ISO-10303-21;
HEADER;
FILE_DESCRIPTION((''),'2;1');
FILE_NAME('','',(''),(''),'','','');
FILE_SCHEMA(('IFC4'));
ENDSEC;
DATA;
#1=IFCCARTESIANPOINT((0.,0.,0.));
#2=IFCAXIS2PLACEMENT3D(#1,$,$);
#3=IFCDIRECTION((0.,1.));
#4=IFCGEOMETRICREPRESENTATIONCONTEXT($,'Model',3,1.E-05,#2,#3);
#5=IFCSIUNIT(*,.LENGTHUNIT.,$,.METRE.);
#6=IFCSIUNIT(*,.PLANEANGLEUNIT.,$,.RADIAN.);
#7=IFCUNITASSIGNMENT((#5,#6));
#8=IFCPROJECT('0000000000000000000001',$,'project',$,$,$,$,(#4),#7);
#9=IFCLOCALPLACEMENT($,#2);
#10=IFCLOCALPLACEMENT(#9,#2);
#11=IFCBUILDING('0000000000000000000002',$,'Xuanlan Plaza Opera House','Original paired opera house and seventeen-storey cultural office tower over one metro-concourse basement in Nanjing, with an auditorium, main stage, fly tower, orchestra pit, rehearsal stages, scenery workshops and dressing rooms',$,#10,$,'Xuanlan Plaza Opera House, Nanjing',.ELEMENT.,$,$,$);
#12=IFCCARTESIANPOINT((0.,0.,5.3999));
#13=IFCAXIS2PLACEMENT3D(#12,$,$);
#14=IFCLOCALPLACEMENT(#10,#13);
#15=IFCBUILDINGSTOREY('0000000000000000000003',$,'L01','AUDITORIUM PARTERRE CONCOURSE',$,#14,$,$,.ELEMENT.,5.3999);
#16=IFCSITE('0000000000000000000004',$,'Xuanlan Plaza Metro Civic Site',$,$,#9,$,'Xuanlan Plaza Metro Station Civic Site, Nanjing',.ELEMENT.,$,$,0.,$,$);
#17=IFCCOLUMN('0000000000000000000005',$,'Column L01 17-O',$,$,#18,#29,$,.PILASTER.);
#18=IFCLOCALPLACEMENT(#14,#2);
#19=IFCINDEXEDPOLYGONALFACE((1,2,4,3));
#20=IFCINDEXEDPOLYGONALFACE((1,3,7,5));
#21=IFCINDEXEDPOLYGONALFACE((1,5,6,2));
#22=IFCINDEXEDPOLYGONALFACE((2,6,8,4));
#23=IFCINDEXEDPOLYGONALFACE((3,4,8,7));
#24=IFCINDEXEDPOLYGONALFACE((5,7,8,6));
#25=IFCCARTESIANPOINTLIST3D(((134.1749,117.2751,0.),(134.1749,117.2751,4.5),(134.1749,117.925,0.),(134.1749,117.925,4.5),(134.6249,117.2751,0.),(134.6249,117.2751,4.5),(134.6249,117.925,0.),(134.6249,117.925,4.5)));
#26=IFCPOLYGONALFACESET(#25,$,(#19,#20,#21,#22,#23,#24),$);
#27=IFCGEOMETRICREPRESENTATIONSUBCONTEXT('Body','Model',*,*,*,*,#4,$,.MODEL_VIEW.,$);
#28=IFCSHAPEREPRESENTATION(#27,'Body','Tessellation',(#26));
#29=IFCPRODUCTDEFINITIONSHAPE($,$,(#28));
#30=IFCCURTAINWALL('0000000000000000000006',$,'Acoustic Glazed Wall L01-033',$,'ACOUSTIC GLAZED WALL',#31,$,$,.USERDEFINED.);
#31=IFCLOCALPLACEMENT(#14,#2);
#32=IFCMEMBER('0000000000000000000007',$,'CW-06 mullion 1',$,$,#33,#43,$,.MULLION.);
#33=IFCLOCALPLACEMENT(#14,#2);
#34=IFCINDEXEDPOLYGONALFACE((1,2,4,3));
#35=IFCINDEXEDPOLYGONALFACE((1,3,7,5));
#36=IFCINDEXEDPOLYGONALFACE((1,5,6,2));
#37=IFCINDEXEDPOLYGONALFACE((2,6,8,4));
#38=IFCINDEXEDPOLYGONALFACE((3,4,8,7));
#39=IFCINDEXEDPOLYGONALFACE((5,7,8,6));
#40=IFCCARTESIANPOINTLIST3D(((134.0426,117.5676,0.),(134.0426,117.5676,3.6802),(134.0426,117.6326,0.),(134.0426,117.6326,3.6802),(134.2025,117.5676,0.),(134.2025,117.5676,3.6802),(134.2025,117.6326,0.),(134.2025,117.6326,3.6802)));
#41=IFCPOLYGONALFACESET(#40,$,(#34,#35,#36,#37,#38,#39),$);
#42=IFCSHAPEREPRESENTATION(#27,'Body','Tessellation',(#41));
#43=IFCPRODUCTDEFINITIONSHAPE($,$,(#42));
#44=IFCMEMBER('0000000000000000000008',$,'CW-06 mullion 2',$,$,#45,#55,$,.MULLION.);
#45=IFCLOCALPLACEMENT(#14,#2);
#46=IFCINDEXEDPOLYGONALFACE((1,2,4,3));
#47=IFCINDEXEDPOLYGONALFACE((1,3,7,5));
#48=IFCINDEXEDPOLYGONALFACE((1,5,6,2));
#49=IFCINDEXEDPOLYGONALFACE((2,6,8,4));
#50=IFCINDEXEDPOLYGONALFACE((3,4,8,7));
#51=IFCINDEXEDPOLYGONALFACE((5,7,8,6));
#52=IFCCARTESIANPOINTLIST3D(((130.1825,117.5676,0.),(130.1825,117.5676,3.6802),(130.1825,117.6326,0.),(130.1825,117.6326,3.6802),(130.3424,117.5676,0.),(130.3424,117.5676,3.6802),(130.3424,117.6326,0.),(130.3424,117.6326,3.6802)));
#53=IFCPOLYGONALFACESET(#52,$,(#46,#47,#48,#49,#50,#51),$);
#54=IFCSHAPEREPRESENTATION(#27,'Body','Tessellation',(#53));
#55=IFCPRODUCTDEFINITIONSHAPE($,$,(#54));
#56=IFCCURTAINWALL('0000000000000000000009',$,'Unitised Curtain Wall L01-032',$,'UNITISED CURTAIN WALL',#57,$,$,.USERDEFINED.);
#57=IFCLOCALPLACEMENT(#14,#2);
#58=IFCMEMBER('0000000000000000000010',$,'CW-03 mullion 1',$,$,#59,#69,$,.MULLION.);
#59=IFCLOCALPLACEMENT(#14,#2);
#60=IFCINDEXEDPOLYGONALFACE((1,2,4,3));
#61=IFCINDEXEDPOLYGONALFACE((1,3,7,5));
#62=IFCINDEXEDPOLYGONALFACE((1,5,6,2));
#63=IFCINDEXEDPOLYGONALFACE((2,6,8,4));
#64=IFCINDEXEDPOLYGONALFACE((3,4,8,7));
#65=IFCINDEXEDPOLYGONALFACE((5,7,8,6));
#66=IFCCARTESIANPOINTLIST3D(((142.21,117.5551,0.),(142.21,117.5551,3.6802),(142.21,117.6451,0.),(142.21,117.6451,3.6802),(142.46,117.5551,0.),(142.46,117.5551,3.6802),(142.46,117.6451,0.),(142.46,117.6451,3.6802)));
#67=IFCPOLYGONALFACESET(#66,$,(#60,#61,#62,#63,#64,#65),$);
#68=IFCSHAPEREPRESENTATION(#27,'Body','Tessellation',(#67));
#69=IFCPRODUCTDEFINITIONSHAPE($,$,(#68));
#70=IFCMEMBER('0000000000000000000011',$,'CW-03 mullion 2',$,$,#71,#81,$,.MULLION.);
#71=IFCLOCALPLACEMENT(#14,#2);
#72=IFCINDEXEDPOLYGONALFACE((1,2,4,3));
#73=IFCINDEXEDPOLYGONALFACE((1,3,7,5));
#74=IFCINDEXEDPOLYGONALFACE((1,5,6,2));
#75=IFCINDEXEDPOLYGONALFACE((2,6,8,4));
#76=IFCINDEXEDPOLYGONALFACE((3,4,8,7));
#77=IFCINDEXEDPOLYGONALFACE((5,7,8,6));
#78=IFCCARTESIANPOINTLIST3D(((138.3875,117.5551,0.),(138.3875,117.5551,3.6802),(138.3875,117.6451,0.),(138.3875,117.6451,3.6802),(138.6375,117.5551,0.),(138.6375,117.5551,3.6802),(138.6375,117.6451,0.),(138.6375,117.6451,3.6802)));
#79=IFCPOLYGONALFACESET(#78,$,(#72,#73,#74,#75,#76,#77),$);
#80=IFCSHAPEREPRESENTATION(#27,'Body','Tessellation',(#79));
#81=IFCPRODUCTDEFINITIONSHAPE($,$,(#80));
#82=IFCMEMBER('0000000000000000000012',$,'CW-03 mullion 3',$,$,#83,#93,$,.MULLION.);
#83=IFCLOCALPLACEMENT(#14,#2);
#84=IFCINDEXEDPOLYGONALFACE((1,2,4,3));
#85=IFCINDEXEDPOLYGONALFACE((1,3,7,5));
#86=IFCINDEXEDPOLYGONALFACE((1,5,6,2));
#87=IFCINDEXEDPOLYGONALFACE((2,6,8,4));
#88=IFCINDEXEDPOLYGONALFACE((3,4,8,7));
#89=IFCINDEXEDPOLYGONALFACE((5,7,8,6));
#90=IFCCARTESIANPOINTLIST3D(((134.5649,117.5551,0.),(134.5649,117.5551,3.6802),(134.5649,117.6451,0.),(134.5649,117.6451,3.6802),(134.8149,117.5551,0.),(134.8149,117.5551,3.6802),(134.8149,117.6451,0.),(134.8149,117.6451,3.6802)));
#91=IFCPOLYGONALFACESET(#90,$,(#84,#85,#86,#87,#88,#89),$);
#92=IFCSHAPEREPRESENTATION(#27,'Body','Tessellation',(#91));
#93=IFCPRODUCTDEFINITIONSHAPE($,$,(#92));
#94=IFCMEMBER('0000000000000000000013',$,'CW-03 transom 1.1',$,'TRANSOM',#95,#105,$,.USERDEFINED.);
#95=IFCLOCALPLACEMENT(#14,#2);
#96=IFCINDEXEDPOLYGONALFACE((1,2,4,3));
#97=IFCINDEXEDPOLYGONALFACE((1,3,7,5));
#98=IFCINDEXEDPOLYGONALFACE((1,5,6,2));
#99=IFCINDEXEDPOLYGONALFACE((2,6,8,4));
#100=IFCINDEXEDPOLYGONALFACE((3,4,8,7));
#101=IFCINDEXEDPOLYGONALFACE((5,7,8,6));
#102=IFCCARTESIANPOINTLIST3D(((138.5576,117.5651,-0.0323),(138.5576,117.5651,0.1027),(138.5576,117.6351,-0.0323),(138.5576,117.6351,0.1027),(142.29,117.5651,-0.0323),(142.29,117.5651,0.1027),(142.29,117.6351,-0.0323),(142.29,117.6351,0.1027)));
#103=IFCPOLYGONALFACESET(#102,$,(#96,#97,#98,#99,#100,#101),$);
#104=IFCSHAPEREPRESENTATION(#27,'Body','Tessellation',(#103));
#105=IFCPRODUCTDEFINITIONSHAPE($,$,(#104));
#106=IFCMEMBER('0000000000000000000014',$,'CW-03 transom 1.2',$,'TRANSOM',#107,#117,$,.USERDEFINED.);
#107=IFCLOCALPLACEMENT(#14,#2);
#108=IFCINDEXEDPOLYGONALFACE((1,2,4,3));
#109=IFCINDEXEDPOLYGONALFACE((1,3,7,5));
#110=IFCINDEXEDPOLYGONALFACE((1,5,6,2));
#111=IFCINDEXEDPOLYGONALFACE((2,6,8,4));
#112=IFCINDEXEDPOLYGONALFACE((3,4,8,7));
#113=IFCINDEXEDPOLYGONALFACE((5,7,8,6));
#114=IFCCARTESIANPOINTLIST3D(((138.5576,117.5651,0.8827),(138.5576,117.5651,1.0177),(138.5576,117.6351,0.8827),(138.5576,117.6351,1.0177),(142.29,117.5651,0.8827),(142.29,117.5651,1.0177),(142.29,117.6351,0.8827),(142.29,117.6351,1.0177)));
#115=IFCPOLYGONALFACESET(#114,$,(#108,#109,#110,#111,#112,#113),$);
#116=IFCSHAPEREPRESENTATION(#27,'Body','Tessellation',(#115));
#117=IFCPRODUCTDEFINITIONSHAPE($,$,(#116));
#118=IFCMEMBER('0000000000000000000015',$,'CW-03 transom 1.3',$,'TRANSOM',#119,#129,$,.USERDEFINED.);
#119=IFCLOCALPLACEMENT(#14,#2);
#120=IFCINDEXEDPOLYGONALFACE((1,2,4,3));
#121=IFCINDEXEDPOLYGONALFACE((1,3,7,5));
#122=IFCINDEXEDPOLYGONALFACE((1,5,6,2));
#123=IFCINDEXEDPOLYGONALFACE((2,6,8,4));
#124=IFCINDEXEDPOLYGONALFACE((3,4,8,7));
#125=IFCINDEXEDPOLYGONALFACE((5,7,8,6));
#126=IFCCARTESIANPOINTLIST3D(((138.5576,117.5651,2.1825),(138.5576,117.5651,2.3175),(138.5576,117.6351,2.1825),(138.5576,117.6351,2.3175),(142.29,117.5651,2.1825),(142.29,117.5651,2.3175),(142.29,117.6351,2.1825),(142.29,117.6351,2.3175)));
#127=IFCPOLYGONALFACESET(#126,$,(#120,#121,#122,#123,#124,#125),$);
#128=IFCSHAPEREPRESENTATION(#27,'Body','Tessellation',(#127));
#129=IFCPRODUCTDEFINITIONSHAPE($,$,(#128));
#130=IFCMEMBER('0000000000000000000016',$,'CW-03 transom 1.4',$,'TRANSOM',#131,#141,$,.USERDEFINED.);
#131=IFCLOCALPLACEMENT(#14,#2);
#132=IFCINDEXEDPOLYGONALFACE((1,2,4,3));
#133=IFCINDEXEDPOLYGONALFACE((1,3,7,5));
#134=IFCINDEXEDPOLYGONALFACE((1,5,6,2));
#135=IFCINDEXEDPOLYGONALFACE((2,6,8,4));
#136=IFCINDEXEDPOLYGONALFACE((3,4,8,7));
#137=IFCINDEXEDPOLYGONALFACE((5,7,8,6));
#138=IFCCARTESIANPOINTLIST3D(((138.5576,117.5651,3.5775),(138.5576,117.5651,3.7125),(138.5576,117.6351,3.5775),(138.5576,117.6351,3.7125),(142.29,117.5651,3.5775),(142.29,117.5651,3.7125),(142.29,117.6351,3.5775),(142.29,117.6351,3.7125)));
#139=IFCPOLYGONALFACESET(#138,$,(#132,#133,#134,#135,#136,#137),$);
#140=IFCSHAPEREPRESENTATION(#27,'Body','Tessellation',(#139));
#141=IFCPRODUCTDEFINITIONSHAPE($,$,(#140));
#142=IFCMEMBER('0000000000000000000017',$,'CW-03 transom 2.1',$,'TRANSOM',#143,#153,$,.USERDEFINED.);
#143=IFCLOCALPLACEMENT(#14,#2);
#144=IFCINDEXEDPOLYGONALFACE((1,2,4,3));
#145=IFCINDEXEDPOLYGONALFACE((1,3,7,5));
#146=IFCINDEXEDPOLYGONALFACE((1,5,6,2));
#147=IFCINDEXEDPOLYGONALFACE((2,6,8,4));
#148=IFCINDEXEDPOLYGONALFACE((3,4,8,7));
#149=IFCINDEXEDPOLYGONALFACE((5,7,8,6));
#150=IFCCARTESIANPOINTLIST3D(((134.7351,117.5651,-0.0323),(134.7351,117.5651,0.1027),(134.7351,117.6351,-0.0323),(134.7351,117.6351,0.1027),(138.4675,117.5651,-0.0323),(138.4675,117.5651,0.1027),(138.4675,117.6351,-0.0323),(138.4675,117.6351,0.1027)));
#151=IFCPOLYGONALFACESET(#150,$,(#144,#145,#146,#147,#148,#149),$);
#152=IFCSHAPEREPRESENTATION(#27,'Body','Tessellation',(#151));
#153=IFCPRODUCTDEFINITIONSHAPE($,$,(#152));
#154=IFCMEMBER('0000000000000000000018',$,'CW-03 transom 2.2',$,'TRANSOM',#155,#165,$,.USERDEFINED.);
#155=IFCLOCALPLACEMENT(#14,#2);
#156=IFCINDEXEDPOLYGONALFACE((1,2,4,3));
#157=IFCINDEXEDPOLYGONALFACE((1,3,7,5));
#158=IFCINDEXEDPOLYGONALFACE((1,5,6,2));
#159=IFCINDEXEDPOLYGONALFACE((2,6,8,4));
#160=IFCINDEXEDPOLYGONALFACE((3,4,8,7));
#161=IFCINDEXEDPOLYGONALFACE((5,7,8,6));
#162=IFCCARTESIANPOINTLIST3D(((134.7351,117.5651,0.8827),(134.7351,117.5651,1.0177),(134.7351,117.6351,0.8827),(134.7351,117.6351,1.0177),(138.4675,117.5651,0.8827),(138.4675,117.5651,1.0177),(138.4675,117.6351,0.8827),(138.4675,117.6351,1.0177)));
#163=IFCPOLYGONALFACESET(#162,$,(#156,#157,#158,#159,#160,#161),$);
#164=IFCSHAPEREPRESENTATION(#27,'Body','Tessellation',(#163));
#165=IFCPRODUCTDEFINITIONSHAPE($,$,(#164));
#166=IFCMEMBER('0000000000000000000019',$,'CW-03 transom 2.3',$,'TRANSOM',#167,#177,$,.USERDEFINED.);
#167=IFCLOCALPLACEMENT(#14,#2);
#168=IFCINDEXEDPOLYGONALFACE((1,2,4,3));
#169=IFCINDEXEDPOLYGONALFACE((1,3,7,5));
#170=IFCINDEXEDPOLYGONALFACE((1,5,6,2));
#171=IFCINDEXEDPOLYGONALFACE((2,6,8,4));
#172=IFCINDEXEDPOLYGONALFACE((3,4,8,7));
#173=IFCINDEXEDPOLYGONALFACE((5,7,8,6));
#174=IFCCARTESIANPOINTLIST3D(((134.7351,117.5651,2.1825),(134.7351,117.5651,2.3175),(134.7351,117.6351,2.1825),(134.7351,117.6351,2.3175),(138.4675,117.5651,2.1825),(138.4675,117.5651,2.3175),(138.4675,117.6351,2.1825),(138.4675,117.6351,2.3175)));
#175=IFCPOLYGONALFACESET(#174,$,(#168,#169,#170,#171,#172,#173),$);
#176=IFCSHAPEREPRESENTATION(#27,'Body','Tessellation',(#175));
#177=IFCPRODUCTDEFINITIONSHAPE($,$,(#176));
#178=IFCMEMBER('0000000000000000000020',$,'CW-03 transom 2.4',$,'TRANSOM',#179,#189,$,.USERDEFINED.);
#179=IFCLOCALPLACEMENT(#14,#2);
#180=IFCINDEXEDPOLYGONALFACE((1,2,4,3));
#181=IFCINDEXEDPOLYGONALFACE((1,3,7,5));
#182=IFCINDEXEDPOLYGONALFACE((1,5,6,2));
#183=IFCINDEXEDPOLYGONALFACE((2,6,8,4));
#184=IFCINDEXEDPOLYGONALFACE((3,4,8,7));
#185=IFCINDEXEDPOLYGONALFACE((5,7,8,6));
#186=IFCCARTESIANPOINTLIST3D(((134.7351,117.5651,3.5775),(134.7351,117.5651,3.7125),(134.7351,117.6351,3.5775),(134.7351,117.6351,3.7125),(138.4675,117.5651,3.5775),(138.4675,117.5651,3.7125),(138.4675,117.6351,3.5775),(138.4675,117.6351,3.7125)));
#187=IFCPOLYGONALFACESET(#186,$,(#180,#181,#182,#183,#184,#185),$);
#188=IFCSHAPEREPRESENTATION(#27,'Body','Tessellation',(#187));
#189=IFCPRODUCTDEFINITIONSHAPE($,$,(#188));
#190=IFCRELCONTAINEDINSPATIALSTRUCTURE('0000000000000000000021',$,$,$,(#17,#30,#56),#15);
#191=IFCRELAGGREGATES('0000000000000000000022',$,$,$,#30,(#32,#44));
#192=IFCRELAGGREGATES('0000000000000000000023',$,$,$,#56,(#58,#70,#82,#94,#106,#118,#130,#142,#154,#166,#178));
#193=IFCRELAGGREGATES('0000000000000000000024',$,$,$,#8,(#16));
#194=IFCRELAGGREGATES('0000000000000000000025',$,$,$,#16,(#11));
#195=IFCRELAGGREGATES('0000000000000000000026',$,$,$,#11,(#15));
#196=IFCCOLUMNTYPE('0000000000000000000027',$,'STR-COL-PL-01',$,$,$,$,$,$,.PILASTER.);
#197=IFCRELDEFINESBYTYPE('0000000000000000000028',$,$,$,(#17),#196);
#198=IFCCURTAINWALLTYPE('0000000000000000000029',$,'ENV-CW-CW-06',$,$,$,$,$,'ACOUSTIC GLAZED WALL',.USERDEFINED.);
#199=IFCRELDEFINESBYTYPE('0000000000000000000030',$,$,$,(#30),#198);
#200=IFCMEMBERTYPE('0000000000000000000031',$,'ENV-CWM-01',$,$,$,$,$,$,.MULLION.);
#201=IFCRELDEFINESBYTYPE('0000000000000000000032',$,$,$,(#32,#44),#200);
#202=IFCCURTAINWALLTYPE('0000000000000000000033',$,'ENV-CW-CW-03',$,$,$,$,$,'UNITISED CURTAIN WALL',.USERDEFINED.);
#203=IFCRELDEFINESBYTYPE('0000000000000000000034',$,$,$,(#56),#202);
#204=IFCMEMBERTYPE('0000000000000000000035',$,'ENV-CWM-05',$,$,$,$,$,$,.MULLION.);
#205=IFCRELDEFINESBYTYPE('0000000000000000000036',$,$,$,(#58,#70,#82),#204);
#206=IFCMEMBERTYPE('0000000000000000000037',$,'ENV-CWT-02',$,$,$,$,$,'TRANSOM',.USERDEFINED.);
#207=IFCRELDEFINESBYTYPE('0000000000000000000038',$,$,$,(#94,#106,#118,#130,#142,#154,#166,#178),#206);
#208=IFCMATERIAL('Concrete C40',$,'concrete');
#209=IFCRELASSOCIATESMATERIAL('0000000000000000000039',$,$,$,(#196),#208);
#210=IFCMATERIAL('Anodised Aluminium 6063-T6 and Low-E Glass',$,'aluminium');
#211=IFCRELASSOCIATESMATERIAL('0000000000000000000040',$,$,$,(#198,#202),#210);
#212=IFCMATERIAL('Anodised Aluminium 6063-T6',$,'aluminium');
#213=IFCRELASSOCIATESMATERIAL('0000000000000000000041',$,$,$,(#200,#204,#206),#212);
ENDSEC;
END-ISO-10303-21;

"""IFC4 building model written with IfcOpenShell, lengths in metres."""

from ifc_helpers import new_model, si_unit, direction, frame, origin, origin_2d, place, context, subcontext, project, spatial, rectangle, extrude, material, material_profile, profile_set, type_object, element, aggregate, save


model = new_model("IFC4")

# Units and contexts
model_context = context("Model", 3, precision=1e-05, world=origin(), true_north=direction((0.0, 1.0)))
body_context = subcontext(model_context, "Body", "Model", "MODEL_VIEW")
ifc_project = project(units=[si_unit("LENGTHUNIT", "METRE"), si_unit("PLANEANGLEUNIT", "RADIAN")], contexts=[model_context])

# Site, building, storey
site_placement = place(None, origin())
site = spatial("IfcSite", under=ifc_project, at=site_placement, Name="Xuanlan Plaza Metro Civic Site", LongName="Xuanlan Plaza Metro Station Civic Site, Nanjing", CompositionType="ELEMENT", RefElevation=0.0)
building_placement = place(site_placement, origin())
building = spatial("IfcBuilding", under=site, at=building_placement, Name="Xuanlan Plaza Opera House", Description="Original paired opera house and seventeen-storey cultural office tower over one metro-concourse basement in Nanjing, with an auditorium, main stage, fly tower, orchestra pit, rehearsal stages, scenery workshops and dressing rooms", LongName="Xuanlan Plaza Opera House, Nanjing", CompositionType="ELEMENT")
storey_placement = place(building_placement, frame((0.0, 0.0, 5.3999)))
storey = spatial("IfcBuildingStorey", under=building, at=storey_placement, Name="L01", Description="AUDITORIUM PARTERRE CONCOURSE", CompositionType="ELEMENT", Elevation=5.3999)

# Column
ifc_material_1 = material(Name="Concrete C40", Category="concrete")
ifc_material_profile_1 = material_profile(ifc_material_1, rectangle(XDim=0.45, YDim=0.6499, at=origin_2d()), Name="RC-PIL 450x650")
ifc_profile_set_1 = profile_set([ifc_material_profile_1], Name="Concrete C40")
column_type = type_object("IfcColumnType", Name="STR-COL-PL-01", PredefinedType="PILASTER", material=ifc_profile_set_1)
column_placement = place(storey_placement, frame((134.3999, 117.6001, 0.0), z_axis=(0.0, 0.0, 1.0), x_axis=(1.0, 0.0, 0.0)))
element("IfcColumn", 1, at=column_placement, inside=storey, type_object=column_type, Name="Column L01 17-O", PredefinedType="PILASTER", context=body_context, shape_type="SweptSolid", body=[
    extrude(rectangle(XDim=0.45, YDim=0.6499, at=origin_2d()), origin(), (0.0, 0.0, 1.0), 4.5),
])

# Curtain walls, members
ifc_material_2 = material(Name="Anodised Aluminium 6063-T6 and Low-E Glass", Category="aluminium")
curtain_wall_type_1 = type_object("IfcCurtainWallType", Name="ENV-CW-CW-06", ElementType="ACOUSTIC GLAZED WALL", PredefinedType="USERDEFINED", material=ifc_material_2)
curtain_wall_1_placement = place(storey_placement, origin())
curtain_wall_1 = element("IfcCurtainWall", 2, at=curtain_wall_1_placement, inside=storey, type_object=curtain_wall_type_1, Name="Acoustic Glazed Wall L01-033", ObjectType="ACOUSTIC GLAZED WALL", PredefinedType="USERDEFINED")
ifc_material_3 = material(Name="Anodised Aluminium 6063-T6", Category="aluminium")
ifc_material_profile_2 = material_profile(ifc_material_3, rectangle(XDim=0.0649, YDim=0.1599, at=origin_2d()), Name="ALU-M 65x160")
ifc_profile_set_2 = profile_set([ifc_material_profile_2], Name="Anodised Aluminium 6063-T6")
member_type_1 = type_object("IfcMemberType", Name="ENV-CWM-01", PredefinedType="MULLION", material=ifc_profile_set_2)
member_1_placement = place(storey_placement, frame((134.1226, 117.6001, 0.0), z_axis=(0.0, 0.0, 1.0), x_axis=(0.0, -1.0, 0.0)))
member_1 = element("IfcMember", 3, at=member_1_placement, type_object=member_type_1, Name="CW-06 mullion 1", PredefinedType="MULLION", context=body_context, shape_type="SweptSolid", body=[
    extrude(rectangle(XDim=0.0649, YDim=0.1599, at=origin_2d()), origin(), (0.0, 0.0, 1.0), 3.6802),
])
member_2_placement = place(storey_placement, frame((130.2625, 117.6001, 0.0), z_axis=(0.0, 0.0, 1.0), x_axis=(0.0, -1.0, 0.0)))
member_2 = element("IfcMember", 4, at=member_2_placement, type_object=member_type_1, Name="CW-06 mullion 2", PredefinedType="MULLION", context=body_context, shape_type="SweptSolid", body=[
    extrude(rectangle(XDim=0.0649, YDim=0.1599, at=origin_2d()), origin(), (0.0, 0.0, 1.0), 3.6802),
])
curtain_wall_type_2 = type_object("IfcCurtainWallType", Name="ENV-CW-CW-03", ElementType="UNITISED CURTAIN WALL", PredefinedType="USERDEFINED", material=ifc_material_2)
curtain_wall_2_placement = place(storey_placement, origin())
curtain_wall_2 = element("IfcCurtainWall", 5, at=curtain_wall_2_placement, inside=storey, type_object=curtain_wall_type_2, Name="Unitised Curtain Wall L01-032", ObjectType="UNITISED CURTAIN WALL", PredefinedType="USERDEFINED")
ifc_material_profile_3 = material_profile(ifc_material_3, rectangle(XDim=0.0901, YDim=0.25, at=origin_2d()), Name="ALU-M 90x250")
ifc_profile_set_3 = profile_set([ifc_material_profile_3], Name="Anodised Aluminium 6063-T6")
member_type_2 = type_object("IfcMemberType", Name="ENV-CWM-05", PredefinedType="MULLION", material=ifc_profile_set_3)
member_3_placement = place(storey_placement, frame((142.335, 117.6001, 0.0), z_axis=(0.0, 0.0, 1.0), x_axis=(0.0, -1.0, 0.0)))
member_3 = element("IfcMember", 6, at=member_3_placement, type_object=member_type_2, Name="CW-03 mullion 1", PredefinedType="MULLION", context=body_context, shape_type="SweptSolid", body=[
    extrude(rectangle(XDim=0.0901, YDim=0.25, at=origin_2d()), origin(), (0.0, 0.0, 1.0), 3.6802),
])
member_4_placement = place(storey_placement, frame((138.5125, 117.6001, 0.0), z_axis=(0.0, 0.0, 1.0), x_axis=(0.0, -1.0, 0.0)))
member_4 = element("IfcMember", 7, at=member_4_placement, type_object=member_type_2, Name="CW-03 mullion 2", PredefinedType="MULLION", context=body_context, shape_type="SweptSolid", body=[
    extrude(rectangle(XDim=0.0901, YDim=0.25, at=origin_2d()), origin(), (0.0, 0.0, 1.0), 3.6802),
])
member_5_placement = place(storey_placement, frame((134.6899, 117.6001, 0.0), z_axis=(0.0, 0.0, 1.0), x_axis=(0.0, -1.0, 0.0)))
member_5 = element("IfcMember", 8, at=member_5_placement, type_object=member_type_2, Name="CW-03 mullion 3", PredefinedType="MULLION", context=body_context, shape_type="SweptSolid", body=[
    extrude(rectangle(XDim=0.0901, YDim=0.25, at=origin_2d()), origin(), (0.0, 0.0, 1.0), 3.6802),
])
ifc_material_profile_4 = material_profile(ifc_material_3, rectangle(XDim=0.0701, YDim=0.135, at=origin_2d()), Name="ALU-T 70x135")
ifc_profile_set_4 = profile_set([ifc_material_profile_4], Name="Anodised Aluminium 6063-T6")
member_type_3 = type_object("IfcMemberType", Name="ENV-CWT-02", ElementType="TRANSOM", PredefinedType="USERDEFINED", material=ifc_profile_set_4)
member_6_placement = place(storey_placement, frame((142.29, 117.6001, 0.0352), z_axis=(-1.0, 0.0, 0.0), x_axis=(0.0, -1.0, 0.0)))
member_6 = element("IfcMember", 9, at=member_6_placement, type_object=member_type_3, Name="CW-03 transom 1.1", ObjectType="TRANSOM", PredefinedType="USERDEFINED", context=body_context, shape_type="SweptSolid", body=[
    extrude(rectangle(XDim=0.0701, YDim=0.135, at=origin_2d()), origin(), (0.0, 0.0, 1.0), 3.7324),
])
member_7_placement = place(storey_placement, frame((142.29, 117.6001, 0.9502), z_axis=(-1.0, 0.0, 0.0), x_axis=(0.0, -1.0, 0.0)))
member_7 = element("IfcMember", 10, at=member_7_placement, type_object=member_type_3, Name="CW-03 transom 1.2", ObjectType="TRANSOM", PredefinedType="USERDEFINED", context=body_context, shape_type="SweptSolid", body=[
    extrude(rectangle(XDim=0.0701, YDim=0.135, at=origin_2d()), origin(), (0.0, 0.0, 1.0), 3.7324),
])
member_8_placement = place(storey_placement, frame((142.29, 117.6001, 2.25), z_axis=(-1.0, 0.0, 0.0), x_axis=(0.0, -1.0, 0.0)))
member_8 = element("IfcMember", 11, at=member_8_placement, type_object=member_type_3, Name="CW-03 transom 1.3", ObjectType="TRANSOM", PredefinedType="USERDEFINED", context=body_context, shape_type="SweptSolid", body=[
    extrude(rectangle(XDim=0.0701, YDim=0.135, at=origin_2d()), origin(), (0.0, 0.0, 1.0), 3.7324),
])
member_9_placement = place(storey_placement, frame((142.29, 117.6001, 3.645), z_axis=(-1.0, 0.0, 0.0), x_axis=(0.0, -1.0, 0.0)))
member_9 = element("IfcMember", 12, at=member_9_placement, type_object=member_type_3, Name="CW-03 transom 1.4", ObjectType="TRANSOM", PredefinedType="USERDEFINED", context=body_context, shape_type="SweptSolid", body=[
    extrude(rectangle(XDim=0.0701, YDim=0.135, at=origin_2d()), origin(), (0.0, 0.0, 1.0), 3.7324),
])
member_10_placement = place(storey_placement, frame((138.4675, 117.6001, 0.0352), z_axis=(-1.0, 0.0, 0.0), x_axis=(0.0, -1.0, 0.0)))
member_10 = element("IfcMember", 13, at=member_10_placement, type_object=member_type_3, Name="CW-03 transom 2.1", ObjectType="TRANSOM", PredefinedType="USERDEFINED", context=body_context, shape_type="SweptSolid", body=[
    extrude(rectangle(XDim=0.0701, YDim=0.135, at=origin_2d()), origin(), (0.0, 0.0, 1.0), 3.7324),
])
member_11_placement = place(storey_placement, frame((138.4675, 117.6001, 0.9502), z_axis=(-1.0, 0.0, 0.0), x_axis=(0.0, -1.0, 0.0)))
member_11 = element("IfcMember", 14, at=member_11_placement, type_object=member_type_3, Name="CW-03 transom 2.2", ObjectType="TRANSOM", PredefinedType="USERDEFINED", context=body_context, shape_type="SweptSolid", body=[
    extrude(rectangle(XDim=0.0701, YDim=0.135, at=origin_2d()), origin(), (0.0, 0.0, 1.0), 3.7324),
])
member_12_placement = place(storey_placement, frame((138.4675, 117.6001, 2.25), z_axis=(-1.0, 0.0, 0.0), x_axis=(0.0, -1.0, 0.0)))
member_12 = element("IfcMember", 15, at=member_12_placement, type_object=member_type_3, Name="CW-03 transom 2.3", ObjectType="TRANSOM", PredefinedType="USERDEFINED", context=body_context, shape_type="SweptSolid", body=[
    extrude(rectangle(XDim=0.0701, YDim=0.135, at=origin_2d()), origin(), (0.0, 0.0, 1.0), 3.7324),
])
member_13_placement = place(storey_placement, frame((138.4675, 117.6001, 3.645), z_axis=(-1.0, 0.0, 0.0), x_axis=(0.0, -1.0, 0.0)))
member_13 = element("IfcMember", 16, at=member_13_placement, type_object=member_type_3, Name="CW-03 transom 2.4", ObjectType="TRANSOM", PredefinedType="USERDEFINED", context=body_context, shape_type="SweptSolid", body=[
    extrude(rectangle(XDim=0.0701, YDim=0.135, at=origin_2d()), origin(), (0.0, 0.0, 1.0), 3.7324),
])

aggregate(curtain_wall_1, [member_1, member_2])
aggregate(curtain_wall_2, [member_3, member_4, member_5, member_6, member_7, member_8, member_9, member_10, member_11, member_12, member_13])

save(model, "model.ifc")
